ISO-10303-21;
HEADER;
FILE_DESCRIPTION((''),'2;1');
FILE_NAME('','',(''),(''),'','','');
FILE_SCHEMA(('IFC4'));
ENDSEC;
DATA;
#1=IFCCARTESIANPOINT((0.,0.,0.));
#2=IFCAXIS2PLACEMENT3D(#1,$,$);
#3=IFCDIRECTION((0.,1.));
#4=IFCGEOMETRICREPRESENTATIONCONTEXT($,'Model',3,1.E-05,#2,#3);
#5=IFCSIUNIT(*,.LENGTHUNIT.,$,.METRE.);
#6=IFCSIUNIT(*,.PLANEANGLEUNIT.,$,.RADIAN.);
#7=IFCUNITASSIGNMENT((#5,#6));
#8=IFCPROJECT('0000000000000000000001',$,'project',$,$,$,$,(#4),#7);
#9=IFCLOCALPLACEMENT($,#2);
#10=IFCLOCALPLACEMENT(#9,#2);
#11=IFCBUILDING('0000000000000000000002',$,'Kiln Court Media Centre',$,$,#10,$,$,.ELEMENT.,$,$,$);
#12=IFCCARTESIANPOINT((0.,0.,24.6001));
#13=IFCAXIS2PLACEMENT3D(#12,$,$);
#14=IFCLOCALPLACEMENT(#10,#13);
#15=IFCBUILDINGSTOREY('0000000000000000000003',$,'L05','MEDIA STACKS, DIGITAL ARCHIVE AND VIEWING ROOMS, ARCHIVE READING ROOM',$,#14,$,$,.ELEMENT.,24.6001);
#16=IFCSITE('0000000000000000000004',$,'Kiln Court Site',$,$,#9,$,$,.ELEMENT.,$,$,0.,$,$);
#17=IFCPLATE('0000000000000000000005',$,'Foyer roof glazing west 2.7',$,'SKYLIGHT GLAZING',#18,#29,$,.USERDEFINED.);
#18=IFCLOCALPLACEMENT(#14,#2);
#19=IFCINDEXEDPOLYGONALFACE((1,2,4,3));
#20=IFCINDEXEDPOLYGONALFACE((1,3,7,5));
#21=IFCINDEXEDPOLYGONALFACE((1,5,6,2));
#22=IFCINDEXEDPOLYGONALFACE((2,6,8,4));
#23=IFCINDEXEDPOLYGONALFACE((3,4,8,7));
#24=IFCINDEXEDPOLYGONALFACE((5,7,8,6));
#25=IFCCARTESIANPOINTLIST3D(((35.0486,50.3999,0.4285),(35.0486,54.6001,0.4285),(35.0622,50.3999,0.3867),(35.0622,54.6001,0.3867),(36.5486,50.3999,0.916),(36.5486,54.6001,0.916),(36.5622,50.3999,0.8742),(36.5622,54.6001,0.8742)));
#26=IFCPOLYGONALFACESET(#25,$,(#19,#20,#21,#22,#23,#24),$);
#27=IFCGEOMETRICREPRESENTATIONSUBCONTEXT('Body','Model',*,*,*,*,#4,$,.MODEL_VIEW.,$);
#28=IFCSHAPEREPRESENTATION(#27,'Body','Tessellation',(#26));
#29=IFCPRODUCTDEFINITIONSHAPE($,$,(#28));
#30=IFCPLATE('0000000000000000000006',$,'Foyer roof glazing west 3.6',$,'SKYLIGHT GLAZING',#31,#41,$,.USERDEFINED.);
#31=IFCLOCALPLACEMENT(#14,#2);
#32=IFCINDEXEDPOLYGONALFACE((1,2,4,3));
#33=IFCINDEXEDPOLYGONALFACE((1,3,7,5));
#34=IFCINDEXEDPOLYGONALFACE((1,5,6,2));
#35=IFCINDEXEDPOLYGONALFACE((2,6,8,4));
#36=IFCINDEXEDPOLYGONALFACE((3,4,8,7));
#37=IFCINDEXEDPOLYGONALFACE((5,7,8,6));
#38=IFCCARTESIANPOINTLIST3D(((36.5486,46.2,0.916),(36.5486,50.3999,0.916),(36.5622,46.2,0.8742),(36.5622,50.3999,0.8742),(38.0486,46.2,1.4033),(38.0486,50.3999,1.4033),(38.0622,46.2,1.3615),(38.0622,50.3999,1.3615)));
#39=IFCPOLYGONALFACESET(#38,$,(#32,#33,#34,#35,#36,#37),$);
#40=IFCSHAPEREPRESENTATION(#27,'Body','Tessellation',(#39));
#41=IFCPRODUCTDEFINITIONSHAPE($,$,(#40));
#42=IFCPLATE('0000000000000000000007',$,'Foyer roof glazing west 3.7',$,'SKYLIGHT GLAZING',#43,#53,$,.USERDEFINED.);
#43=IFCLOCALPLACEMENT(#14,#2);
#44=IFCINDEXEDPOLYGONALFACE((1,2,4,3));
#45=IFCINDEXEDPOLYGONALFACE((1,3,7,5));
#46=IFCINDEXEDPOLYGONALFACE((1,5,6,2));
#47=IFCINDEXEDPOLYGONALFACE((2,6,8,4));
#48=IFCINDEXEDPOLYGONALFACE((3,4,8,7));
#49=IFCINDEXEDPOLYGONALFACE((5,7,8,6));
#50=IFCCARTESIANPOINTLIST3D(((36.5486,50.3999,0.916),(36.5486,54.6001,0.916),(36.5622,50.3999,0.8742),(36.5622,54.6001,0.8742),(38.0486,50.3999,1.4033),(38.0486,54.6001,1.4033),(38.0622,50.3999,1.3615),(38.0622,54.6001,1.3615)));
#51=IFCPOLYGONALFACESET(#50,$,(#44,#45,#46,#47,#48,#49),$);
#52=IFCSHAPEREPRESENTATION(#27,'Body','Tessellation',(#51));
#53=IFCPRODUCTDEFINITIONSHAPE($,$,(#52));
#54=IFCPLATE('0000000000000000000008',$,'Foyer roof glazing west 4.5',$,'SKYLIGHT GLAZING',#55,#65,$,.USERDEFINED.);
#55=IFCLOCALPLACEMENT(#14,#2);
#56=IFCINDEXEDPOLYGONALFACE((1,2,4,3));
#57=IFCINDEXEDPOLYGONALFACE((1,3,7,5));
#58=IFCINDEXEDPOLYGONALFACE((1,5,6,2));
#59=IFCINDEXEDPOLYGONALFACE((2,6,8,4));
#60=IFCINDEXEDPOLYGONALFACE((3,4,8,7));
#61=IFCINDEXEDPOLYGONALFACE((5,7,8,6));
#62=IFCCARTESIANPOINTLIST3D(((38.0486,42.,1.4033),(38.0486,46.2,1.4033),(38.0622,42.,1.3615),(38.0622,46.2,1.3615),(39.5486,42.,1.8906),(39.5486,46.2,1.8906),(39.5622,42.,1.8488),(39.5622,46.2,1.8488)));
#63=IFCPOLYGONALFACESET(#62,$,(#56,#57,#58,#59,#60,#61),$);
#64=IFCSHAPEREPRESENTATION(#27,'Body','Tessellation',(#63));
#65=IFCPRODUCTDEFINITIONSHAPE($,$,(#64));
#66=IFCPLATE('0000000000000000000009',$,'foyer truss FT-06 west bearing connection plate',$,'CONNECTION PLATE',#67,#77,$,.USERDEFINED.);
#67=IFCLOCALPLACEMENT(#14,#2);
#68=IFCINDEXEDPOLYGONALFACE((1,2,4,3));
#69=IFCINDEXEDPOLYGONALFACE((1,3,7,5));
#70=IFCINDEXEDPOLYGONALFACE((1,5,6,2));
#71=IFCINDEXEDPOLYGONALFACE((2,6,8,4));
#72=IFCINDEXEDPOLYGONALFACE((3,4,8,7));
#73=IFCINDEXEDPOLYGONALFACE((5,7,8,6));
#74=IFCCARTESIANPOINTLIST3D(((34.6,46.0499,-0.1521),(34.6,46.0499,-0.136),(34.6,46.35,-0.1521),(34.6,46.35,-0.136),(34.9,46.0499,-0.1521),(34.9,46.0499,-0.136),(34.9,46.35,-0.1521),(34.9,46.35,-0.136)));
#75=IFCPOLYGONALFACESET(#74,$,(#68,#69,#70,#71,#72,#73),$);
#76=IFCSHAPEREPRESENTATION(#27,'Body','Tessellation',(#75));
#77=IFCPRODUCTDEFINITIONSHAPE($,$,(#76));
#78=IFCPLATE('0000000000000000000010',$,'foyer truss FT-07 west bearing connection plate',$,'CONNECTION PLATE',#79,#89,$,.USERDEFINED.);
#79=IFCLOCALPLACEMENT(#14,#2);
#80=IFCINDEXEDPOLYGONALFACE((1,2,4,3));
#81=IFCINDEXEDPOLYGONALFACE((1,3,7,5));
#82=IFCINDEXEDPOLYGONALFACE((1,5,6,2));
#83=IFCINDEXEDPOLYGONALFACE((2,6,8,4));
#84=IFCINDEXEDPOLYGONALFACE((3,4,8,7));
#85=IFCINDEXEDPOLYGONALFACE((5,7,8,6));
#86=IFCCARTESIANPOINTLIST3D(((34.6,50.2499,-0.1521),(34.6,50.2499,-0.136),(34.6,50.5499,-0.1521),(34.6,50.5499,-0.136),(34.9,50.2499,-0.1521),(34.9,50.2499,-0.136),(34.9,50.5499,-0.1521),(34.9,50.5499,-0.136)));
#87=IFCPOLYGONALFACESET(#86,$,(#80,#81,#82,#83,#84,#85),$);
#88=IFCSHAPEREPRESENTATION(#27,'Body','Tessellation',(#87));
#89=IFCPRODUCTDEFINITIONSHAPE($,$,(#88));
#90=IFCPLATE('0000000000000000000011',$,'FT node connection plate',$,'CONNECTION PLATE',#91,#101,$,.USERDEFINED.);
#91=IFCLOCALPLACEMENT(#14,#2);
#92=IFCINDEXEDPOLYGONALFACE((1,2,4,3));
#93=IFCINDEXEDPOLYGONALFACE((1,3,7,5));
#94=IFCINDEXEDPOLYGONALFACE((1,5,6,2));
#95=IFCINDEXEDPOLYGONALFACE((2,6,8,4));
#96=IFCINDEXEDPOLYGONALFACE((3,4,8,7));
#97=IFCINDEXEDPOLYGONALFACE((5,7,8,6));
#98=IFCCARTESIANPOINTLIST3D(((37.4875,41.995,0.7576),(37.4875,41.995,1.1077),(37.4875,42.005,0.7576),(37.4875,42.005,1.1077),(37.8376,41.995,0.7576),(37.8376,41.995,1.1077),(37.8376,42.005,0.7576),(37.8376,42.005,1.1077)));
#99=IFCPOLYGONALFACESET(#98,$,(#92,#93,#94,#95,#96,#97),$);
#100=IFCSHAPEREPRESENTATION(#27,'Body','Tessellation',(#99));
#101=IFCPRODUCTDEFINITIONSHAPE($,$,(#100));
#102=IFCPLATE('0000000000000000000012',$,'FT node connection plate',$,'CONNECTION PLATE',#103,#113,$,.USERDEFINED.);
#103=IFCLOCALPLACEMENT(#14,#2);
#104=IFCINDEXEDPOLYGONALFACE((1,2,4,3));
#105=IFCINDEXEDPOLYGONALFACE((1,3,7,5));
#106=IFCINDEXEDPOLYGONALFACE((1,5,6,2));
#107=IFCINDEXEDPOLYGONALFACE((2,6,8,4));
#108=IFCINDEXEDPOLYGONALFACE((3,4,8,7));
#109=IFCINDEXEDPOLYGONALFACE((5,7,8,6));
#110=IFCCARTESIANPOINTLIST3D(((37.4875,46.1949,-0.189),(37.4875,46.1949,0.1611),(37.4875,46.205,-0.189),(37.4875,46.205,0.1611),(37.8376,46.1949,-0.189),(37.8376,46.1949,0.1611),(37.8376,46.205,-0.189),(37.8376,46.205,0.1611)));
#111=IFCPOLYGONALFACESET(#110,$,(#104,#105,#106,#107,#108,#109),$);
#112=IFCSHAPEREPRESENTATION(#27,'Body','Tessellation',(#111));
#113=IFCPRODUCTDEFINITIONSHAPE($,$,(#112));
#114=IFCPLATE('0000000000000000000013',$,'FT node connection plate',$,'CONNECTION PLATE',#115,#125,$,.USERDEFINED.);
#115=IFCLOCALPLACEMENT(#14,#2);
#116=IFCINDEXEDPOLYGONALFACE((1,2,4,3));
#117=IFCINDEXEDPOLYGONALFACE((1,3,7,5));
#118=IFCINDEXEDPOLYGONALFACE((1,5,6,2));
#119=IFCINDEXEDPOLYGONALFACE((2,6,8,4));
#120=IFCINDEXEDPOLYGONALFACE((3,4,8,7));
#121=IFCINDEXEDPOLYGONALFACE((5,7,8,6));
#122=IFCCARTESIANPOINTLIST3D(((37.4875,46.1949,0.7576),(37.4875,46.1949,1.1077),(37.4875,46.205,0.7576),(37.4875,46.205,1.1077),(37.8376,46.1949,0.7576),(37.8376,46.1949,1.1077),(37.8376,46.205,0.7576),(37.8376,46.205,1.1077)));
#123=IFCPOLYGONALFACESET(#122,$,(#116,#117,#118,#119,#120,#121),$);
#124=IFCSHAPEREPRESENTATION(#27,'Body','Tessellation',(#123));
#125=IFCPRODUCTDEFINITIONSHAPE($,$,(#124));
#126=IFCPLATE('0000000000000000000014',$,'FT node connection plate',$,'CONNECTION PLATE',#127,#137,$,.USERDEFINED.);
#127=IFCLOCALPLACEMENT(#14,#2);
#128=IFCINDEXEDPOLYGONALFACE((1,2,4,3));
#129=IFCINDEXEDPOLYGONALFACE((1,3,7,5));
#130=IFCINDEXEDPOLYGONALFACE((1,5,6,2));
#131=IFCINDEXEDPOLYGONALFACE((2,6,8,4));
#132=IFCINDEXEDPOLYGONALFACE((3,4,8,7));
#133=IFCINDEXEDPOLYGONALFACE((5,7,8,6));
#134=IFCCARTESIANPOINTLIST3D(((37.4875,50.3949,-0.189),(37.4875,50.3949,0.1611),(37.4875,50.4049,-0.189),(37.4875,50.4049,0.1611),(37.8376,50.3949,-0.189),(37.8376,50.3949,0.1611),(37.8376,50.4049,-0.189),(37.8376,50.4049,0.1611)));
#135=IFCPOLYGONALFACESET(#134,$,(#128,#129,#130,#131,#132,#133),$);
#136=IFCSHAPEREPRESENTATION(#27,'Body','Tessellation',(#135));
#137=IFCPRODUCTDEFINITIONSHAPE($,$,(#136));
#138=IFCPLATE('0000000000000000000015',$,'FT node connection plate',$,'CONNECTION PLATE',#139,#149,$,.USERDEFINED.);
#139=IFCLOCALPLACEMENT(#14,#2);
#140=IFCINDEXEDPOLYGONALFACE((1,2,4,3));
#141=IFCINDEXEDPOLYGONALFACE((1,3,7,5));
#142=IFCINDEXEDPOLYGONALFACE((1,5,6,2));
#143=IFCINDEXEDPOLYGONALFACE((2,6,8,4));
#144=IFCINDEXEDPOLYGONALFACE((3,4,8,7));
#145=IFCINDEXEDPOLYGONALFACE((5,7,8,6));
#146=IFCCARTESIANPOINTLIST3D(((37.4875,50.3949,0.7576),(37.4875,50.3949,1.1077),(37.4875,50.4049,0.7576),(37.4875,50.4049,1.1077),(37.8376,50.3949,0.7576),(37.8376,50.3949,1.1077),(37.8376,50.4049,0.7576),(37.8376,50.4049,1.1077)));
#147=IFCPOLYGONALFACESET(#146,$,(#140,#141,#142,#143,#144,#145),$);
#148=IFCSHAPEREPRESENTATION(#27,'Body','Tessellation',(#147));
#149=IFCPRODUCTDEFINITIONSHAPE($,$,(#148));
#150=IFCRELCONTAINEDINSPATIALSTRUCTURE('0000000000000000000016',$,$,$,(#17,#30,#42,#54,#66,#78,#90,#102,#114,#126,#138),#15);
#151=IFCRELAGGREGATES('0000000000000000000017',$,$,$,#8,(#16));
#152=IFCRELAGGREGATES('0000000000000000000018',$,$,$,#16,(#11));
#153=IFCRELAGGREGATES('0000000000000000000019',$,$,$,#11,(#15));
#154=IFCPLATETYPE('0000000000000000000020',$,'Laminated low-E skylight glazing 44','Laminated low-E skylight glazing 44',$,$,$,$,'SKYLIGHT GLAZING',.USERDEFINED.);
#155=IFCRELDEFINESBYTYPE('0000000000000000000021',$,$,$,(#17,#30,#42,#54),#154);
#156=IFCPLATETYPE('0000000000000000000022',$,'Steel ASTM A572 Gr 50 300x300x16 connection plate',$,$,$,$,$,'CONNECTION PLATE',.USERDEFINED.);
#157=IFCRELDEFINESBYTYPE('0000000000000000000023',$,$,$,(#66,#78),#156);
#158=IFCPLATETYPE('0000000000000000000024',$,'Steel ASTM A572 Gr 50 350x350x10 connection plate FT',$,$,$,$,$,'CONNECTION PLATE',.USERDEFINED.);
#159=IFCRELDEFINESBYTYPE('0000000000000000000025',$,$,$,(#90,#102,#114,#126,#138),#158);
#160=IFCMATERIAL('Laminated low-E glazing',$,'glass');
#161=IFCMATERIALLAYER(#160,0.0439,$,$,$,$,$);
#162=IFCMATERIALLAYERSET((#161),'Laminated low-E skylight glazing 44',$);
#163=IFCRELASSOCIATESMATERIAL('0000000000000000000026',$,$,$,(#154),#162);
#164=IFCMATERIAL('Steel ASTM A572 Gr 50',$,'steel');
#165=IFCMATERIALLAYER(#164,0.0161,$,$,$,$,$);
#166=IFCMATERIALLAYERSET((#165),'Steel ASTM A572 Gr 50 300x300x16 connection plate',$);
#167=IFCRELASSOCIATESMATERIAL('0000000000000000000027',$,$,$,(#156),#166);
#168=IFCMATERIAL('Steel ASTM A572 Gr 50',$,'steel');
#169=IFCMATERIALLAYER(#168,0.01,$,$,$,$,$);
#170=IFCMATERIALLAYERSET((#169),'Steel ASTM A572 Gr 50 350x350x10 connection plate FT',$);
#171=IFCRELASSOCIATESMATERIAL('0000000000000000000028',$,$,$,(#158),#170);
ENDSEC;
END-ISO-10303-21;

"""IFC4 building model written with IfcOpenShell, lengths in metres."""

from ifc_helpers import new_model, si_unit, direction, frame, origin, origin_2d, place, context, subcontext, project, spatial, polyline, rectangle, outline, extrude, material, layer, layer_set, type_object, element, save


model = new_model("IFC4")

# Units and contexts
model_context = context("Model", 3, precision=1e-05, world=origin(), true_north=direction((0.0, 1.0)))
body_context = subcontext(model_context, "Body", "Model", "MODEL_VIEW")
ifc_project = project(units=[si_unit("LENGTHUNIT", "METRE"), si_unit("PLANEANGLEUNIT", "RADIAN")], contexts=[model_context])

# Site, building, storey
site_placement = place(None, origin())
site = spatial("IfcSite", under=ifc_project, at=site_placement, Name="Kiln Court Site", CompositionType="ELEMENT", RefElevation=0.0)
building_placement = place(site_placement, origin())
building = spatial("IfcBuilding", under=site, at=building_placement, Name="Kiln Court Media Centre", CompositionType="ELEMENT")
storey_placement = place(building_placement, frame((0.0, 0.0, 24.6001)))
storey = spatial("IfcBuildingStorey", under=building, at=storey_placement, Name="L05", Description="MEDIA STACKS, DIGITAL ARCHIVE AND VIEWING ROOMS, ARCHIVE READING ROOM", CompositionType="ELEMENT", Elevation=24.6001)

# Plates
ifc_material_1 = material(Name="Laminated low-E glazing", Category="glass")
ifc_layer_1 = layer(ifc_material_1, 0.0439)
ifc_layer_set_1 = layer_set([ifc_layer_1], Name="Laminated low-E skylight glazing 44")
plate_type_1 = type_object("IfcPlateType", Name="Laminated low-E skylight glazing 44", Description="Laminated low-E skylight glazing 44", ElementType="SKYLIGHT GLAZING", PredefinedType="USERDEFINED", material=ifc_layer_set_1)
plate_1_placement = place(storey_placement, frame((35.0486, 50.3999, 0.4285), z_axis=(-0.309114, 0.0, 0.951025), x_axis=(0.951025, 0.0, 0.309114)))
element("IfcPlate", 1, at=plate_1_placement, inside=storey, type_object=plate_type_1, Name="Foyer roof glazing west 2.7", ObjectType="SKYLIGHT GLAZING", PredefinedType="USERDEFINED", context=body_context, shape_type="SweptSolid", body=[
    extrude(outline(polyline([(0.0, 0.0), (1.5772, 0.0), (1.5772, 4.2002), (0.0, 4.2002), (0.0, 0.0)])), origin(), (0.0, 0.0, -1.0), 0.0439),
])
plate_2_placement = place(storey_placement, frame((36.5486, 46.2, 0.916), z_axis=(-0.308974, 0.0, 0.95107), x_axis=(0.95107, 0.0, 0.308974)))
element("IfcPlate", 2, at=plate_2_placement, inside=storey, type_object=plate_type_1, Name="Foyer roof glazing west 3.6", ObjectType="SKYLIGHT GLAZING", PredefinedType="USERDEFINED", context=body_context, shape_type="SweptSolid", body=[
    extrude(outline(polyline([(0.0, 0.0), (1.5772, 0.0), (1.5772, 4.2), (0.0, 4.2), (0.0, 0.0)])), origin(), (0.0, 0.0, -1.0), 0.0439),
])
plate_3_placement = place(storey_placement, frame((36.5486, 50.3999, 0.916), z_axis=(-0.308974, 0.0, 0.95107), x_axis=(0.95107, 0.0, 0.308974)))
element("IfcPlate", 3, at=plate_3_placement, inside=storey, type_object=plate_type_1, Name="Foyer roof glazing west 3.7", ObjectType="SKYLIGHT GLAZING", PredefinedType="USERDEFINED", context=body_context, shape_type="SweptSolid", body=[
    extrude(outline(polyline([(0.0, 0.0), (1.5772, 0.0), (1.5772, 4.2002), (0.0, 4.2002), (0.0, 0.0)])), origin(), (0.0, 0.0, -1.0), 0.0439),
])
plate_4_placement = place(storey_placement, frame((38.0486, 42.0, 1.4033), z_axis=(-0.308974, 0.0, 0.95107), x_axis=(0.95107, 0.0, 0.308974)))
element("IfcPlate", 4, at=plate_4_placement, inside=storey, type_object=plate_type_1, Name="Foyer roof glazing west 4.5", ObjectType="SKYLIGHT GLAZING", PredefinedType="USERDEFINED", context=body_context, shape_type="SweptSolid", body=[
    extrude(outline(polyline([(0.0, 0.0), (1.5772, 0.0), (1.5772, 4.2), (0.0, 4.2), (0.0, 0.0)])), origin(), (0.0, 0.0, -1.0), 0.0439),
])
ifc_material_2 = material(Name="Steel ASTM A572 Gr 50", Category="steel")
ifc_layer_2 = layer(ifc_material_2, 0.0161)
ifc_layer_set_2 = layer_set([ifc_layer_2], Name="Steel ASTM A572 Gr 50 300x300x16 connection plate")
plate_type_2 = type_object("IfcPlateType", Name="Steel ASTM A572 Gr 50 300x300x16 connection plate", ElementType="CONNECTION PLATE", PredefinedType="USERDEFINED", material=ifc_layer_set_2)
for number, where, z_axis, x_axis, name in (
    (5, (34.75, 46.2, -0.1521), (0.0, 0.0, 1.0), (1.0, 0.0, 0.0), "foyer truss FT-06 west bearing connection plate"),
    (6, (34.75, 50.3999, -0.1521), (0.0, 0.0, 1.0), (1.0, 0.0, 0.0), "foyer truss FT-07 west bearing connection plate"),
):
    element("IfcPlate", number, at=place(storey_placement, frame(where, z_axis=z_axis, x_axis=x_axis)), inside=storey, type_object=plate_type_2, Name=name, ObjectType="CONNECTION PLATE", PredefinedType="USERDEFINED", context=body_context, shape_type="SweptSolid", body=[
        extrude(rectangle(XDim=0.3, YDim=0.3, at=origin_2d()), origin(), (0.0, 0.0, 1.0), 0.0161),
    ])
ifc_material_3 = material(Name="Steel ASTM A572 Gr 50", Category="steel")
ifc_layer_3 = layer(ifc_material_3, 0.01)
ifc_layer_set_3 = layer_set([ifc_layer_3], Name="Steel ASTM A572 Gr 50 350x350x10 connection plate FT")
plate_type_3 = type_object("IfcPlateType", Name="Steel ASTM A572 Gr 50 350x350x10 connection plate FT", ElementType="CONNECTION PLATE", PredefinedType="USERDEFINED", material=ifc_layer_set_3)
for number, where, z_axis, x_axis, name in (
    (7, (37.6626, 42.0, 0.7576), (0.0, 0.0, 1.0), (1.0, 0.0, 0.0), "FT node connection plate"),
    (8, (37.6626, 46.2, -0.189), (0.0, 0.0, 1.0), (1.0, 0.0, 0.0), "FT node connection plate"),
    (9, (37.6626, 46.2, 0.7576), (0.0, 0.0, 1.0), (1.0, 0.0, 0.0), "FT node connection plate"),
    (10, (37.6626, 50.3999, -0.189), (0.0, 0.0, 1.0), (1.0, 0.0, 0.0), "FT node connection plate"),
    (11, (37.6626, 50.3999, 0.7576), (0.0, 0.0, 1.0), (1.0, 0.0, 0.0), "FT node connection plate"),
):
    element("IfcPlate", number, at=place(storey_placement, frame(where, z_axis=z_axis, x_axis=x_axis)), inside=storey, type_object=plate_type_3, Name=name, ObjectType="CONNECTION PLATE", PredefinedType="USERDEFINED", context=body_context, shape_type="SweptSolid", body=[
        extrude(rectangle(XDim=0.3501, YDim=0.01, at=origin_2d()), origin(), (0.0, 0.0, 1.0), 0.3501),
    ])

save(model, "model.ifc")
